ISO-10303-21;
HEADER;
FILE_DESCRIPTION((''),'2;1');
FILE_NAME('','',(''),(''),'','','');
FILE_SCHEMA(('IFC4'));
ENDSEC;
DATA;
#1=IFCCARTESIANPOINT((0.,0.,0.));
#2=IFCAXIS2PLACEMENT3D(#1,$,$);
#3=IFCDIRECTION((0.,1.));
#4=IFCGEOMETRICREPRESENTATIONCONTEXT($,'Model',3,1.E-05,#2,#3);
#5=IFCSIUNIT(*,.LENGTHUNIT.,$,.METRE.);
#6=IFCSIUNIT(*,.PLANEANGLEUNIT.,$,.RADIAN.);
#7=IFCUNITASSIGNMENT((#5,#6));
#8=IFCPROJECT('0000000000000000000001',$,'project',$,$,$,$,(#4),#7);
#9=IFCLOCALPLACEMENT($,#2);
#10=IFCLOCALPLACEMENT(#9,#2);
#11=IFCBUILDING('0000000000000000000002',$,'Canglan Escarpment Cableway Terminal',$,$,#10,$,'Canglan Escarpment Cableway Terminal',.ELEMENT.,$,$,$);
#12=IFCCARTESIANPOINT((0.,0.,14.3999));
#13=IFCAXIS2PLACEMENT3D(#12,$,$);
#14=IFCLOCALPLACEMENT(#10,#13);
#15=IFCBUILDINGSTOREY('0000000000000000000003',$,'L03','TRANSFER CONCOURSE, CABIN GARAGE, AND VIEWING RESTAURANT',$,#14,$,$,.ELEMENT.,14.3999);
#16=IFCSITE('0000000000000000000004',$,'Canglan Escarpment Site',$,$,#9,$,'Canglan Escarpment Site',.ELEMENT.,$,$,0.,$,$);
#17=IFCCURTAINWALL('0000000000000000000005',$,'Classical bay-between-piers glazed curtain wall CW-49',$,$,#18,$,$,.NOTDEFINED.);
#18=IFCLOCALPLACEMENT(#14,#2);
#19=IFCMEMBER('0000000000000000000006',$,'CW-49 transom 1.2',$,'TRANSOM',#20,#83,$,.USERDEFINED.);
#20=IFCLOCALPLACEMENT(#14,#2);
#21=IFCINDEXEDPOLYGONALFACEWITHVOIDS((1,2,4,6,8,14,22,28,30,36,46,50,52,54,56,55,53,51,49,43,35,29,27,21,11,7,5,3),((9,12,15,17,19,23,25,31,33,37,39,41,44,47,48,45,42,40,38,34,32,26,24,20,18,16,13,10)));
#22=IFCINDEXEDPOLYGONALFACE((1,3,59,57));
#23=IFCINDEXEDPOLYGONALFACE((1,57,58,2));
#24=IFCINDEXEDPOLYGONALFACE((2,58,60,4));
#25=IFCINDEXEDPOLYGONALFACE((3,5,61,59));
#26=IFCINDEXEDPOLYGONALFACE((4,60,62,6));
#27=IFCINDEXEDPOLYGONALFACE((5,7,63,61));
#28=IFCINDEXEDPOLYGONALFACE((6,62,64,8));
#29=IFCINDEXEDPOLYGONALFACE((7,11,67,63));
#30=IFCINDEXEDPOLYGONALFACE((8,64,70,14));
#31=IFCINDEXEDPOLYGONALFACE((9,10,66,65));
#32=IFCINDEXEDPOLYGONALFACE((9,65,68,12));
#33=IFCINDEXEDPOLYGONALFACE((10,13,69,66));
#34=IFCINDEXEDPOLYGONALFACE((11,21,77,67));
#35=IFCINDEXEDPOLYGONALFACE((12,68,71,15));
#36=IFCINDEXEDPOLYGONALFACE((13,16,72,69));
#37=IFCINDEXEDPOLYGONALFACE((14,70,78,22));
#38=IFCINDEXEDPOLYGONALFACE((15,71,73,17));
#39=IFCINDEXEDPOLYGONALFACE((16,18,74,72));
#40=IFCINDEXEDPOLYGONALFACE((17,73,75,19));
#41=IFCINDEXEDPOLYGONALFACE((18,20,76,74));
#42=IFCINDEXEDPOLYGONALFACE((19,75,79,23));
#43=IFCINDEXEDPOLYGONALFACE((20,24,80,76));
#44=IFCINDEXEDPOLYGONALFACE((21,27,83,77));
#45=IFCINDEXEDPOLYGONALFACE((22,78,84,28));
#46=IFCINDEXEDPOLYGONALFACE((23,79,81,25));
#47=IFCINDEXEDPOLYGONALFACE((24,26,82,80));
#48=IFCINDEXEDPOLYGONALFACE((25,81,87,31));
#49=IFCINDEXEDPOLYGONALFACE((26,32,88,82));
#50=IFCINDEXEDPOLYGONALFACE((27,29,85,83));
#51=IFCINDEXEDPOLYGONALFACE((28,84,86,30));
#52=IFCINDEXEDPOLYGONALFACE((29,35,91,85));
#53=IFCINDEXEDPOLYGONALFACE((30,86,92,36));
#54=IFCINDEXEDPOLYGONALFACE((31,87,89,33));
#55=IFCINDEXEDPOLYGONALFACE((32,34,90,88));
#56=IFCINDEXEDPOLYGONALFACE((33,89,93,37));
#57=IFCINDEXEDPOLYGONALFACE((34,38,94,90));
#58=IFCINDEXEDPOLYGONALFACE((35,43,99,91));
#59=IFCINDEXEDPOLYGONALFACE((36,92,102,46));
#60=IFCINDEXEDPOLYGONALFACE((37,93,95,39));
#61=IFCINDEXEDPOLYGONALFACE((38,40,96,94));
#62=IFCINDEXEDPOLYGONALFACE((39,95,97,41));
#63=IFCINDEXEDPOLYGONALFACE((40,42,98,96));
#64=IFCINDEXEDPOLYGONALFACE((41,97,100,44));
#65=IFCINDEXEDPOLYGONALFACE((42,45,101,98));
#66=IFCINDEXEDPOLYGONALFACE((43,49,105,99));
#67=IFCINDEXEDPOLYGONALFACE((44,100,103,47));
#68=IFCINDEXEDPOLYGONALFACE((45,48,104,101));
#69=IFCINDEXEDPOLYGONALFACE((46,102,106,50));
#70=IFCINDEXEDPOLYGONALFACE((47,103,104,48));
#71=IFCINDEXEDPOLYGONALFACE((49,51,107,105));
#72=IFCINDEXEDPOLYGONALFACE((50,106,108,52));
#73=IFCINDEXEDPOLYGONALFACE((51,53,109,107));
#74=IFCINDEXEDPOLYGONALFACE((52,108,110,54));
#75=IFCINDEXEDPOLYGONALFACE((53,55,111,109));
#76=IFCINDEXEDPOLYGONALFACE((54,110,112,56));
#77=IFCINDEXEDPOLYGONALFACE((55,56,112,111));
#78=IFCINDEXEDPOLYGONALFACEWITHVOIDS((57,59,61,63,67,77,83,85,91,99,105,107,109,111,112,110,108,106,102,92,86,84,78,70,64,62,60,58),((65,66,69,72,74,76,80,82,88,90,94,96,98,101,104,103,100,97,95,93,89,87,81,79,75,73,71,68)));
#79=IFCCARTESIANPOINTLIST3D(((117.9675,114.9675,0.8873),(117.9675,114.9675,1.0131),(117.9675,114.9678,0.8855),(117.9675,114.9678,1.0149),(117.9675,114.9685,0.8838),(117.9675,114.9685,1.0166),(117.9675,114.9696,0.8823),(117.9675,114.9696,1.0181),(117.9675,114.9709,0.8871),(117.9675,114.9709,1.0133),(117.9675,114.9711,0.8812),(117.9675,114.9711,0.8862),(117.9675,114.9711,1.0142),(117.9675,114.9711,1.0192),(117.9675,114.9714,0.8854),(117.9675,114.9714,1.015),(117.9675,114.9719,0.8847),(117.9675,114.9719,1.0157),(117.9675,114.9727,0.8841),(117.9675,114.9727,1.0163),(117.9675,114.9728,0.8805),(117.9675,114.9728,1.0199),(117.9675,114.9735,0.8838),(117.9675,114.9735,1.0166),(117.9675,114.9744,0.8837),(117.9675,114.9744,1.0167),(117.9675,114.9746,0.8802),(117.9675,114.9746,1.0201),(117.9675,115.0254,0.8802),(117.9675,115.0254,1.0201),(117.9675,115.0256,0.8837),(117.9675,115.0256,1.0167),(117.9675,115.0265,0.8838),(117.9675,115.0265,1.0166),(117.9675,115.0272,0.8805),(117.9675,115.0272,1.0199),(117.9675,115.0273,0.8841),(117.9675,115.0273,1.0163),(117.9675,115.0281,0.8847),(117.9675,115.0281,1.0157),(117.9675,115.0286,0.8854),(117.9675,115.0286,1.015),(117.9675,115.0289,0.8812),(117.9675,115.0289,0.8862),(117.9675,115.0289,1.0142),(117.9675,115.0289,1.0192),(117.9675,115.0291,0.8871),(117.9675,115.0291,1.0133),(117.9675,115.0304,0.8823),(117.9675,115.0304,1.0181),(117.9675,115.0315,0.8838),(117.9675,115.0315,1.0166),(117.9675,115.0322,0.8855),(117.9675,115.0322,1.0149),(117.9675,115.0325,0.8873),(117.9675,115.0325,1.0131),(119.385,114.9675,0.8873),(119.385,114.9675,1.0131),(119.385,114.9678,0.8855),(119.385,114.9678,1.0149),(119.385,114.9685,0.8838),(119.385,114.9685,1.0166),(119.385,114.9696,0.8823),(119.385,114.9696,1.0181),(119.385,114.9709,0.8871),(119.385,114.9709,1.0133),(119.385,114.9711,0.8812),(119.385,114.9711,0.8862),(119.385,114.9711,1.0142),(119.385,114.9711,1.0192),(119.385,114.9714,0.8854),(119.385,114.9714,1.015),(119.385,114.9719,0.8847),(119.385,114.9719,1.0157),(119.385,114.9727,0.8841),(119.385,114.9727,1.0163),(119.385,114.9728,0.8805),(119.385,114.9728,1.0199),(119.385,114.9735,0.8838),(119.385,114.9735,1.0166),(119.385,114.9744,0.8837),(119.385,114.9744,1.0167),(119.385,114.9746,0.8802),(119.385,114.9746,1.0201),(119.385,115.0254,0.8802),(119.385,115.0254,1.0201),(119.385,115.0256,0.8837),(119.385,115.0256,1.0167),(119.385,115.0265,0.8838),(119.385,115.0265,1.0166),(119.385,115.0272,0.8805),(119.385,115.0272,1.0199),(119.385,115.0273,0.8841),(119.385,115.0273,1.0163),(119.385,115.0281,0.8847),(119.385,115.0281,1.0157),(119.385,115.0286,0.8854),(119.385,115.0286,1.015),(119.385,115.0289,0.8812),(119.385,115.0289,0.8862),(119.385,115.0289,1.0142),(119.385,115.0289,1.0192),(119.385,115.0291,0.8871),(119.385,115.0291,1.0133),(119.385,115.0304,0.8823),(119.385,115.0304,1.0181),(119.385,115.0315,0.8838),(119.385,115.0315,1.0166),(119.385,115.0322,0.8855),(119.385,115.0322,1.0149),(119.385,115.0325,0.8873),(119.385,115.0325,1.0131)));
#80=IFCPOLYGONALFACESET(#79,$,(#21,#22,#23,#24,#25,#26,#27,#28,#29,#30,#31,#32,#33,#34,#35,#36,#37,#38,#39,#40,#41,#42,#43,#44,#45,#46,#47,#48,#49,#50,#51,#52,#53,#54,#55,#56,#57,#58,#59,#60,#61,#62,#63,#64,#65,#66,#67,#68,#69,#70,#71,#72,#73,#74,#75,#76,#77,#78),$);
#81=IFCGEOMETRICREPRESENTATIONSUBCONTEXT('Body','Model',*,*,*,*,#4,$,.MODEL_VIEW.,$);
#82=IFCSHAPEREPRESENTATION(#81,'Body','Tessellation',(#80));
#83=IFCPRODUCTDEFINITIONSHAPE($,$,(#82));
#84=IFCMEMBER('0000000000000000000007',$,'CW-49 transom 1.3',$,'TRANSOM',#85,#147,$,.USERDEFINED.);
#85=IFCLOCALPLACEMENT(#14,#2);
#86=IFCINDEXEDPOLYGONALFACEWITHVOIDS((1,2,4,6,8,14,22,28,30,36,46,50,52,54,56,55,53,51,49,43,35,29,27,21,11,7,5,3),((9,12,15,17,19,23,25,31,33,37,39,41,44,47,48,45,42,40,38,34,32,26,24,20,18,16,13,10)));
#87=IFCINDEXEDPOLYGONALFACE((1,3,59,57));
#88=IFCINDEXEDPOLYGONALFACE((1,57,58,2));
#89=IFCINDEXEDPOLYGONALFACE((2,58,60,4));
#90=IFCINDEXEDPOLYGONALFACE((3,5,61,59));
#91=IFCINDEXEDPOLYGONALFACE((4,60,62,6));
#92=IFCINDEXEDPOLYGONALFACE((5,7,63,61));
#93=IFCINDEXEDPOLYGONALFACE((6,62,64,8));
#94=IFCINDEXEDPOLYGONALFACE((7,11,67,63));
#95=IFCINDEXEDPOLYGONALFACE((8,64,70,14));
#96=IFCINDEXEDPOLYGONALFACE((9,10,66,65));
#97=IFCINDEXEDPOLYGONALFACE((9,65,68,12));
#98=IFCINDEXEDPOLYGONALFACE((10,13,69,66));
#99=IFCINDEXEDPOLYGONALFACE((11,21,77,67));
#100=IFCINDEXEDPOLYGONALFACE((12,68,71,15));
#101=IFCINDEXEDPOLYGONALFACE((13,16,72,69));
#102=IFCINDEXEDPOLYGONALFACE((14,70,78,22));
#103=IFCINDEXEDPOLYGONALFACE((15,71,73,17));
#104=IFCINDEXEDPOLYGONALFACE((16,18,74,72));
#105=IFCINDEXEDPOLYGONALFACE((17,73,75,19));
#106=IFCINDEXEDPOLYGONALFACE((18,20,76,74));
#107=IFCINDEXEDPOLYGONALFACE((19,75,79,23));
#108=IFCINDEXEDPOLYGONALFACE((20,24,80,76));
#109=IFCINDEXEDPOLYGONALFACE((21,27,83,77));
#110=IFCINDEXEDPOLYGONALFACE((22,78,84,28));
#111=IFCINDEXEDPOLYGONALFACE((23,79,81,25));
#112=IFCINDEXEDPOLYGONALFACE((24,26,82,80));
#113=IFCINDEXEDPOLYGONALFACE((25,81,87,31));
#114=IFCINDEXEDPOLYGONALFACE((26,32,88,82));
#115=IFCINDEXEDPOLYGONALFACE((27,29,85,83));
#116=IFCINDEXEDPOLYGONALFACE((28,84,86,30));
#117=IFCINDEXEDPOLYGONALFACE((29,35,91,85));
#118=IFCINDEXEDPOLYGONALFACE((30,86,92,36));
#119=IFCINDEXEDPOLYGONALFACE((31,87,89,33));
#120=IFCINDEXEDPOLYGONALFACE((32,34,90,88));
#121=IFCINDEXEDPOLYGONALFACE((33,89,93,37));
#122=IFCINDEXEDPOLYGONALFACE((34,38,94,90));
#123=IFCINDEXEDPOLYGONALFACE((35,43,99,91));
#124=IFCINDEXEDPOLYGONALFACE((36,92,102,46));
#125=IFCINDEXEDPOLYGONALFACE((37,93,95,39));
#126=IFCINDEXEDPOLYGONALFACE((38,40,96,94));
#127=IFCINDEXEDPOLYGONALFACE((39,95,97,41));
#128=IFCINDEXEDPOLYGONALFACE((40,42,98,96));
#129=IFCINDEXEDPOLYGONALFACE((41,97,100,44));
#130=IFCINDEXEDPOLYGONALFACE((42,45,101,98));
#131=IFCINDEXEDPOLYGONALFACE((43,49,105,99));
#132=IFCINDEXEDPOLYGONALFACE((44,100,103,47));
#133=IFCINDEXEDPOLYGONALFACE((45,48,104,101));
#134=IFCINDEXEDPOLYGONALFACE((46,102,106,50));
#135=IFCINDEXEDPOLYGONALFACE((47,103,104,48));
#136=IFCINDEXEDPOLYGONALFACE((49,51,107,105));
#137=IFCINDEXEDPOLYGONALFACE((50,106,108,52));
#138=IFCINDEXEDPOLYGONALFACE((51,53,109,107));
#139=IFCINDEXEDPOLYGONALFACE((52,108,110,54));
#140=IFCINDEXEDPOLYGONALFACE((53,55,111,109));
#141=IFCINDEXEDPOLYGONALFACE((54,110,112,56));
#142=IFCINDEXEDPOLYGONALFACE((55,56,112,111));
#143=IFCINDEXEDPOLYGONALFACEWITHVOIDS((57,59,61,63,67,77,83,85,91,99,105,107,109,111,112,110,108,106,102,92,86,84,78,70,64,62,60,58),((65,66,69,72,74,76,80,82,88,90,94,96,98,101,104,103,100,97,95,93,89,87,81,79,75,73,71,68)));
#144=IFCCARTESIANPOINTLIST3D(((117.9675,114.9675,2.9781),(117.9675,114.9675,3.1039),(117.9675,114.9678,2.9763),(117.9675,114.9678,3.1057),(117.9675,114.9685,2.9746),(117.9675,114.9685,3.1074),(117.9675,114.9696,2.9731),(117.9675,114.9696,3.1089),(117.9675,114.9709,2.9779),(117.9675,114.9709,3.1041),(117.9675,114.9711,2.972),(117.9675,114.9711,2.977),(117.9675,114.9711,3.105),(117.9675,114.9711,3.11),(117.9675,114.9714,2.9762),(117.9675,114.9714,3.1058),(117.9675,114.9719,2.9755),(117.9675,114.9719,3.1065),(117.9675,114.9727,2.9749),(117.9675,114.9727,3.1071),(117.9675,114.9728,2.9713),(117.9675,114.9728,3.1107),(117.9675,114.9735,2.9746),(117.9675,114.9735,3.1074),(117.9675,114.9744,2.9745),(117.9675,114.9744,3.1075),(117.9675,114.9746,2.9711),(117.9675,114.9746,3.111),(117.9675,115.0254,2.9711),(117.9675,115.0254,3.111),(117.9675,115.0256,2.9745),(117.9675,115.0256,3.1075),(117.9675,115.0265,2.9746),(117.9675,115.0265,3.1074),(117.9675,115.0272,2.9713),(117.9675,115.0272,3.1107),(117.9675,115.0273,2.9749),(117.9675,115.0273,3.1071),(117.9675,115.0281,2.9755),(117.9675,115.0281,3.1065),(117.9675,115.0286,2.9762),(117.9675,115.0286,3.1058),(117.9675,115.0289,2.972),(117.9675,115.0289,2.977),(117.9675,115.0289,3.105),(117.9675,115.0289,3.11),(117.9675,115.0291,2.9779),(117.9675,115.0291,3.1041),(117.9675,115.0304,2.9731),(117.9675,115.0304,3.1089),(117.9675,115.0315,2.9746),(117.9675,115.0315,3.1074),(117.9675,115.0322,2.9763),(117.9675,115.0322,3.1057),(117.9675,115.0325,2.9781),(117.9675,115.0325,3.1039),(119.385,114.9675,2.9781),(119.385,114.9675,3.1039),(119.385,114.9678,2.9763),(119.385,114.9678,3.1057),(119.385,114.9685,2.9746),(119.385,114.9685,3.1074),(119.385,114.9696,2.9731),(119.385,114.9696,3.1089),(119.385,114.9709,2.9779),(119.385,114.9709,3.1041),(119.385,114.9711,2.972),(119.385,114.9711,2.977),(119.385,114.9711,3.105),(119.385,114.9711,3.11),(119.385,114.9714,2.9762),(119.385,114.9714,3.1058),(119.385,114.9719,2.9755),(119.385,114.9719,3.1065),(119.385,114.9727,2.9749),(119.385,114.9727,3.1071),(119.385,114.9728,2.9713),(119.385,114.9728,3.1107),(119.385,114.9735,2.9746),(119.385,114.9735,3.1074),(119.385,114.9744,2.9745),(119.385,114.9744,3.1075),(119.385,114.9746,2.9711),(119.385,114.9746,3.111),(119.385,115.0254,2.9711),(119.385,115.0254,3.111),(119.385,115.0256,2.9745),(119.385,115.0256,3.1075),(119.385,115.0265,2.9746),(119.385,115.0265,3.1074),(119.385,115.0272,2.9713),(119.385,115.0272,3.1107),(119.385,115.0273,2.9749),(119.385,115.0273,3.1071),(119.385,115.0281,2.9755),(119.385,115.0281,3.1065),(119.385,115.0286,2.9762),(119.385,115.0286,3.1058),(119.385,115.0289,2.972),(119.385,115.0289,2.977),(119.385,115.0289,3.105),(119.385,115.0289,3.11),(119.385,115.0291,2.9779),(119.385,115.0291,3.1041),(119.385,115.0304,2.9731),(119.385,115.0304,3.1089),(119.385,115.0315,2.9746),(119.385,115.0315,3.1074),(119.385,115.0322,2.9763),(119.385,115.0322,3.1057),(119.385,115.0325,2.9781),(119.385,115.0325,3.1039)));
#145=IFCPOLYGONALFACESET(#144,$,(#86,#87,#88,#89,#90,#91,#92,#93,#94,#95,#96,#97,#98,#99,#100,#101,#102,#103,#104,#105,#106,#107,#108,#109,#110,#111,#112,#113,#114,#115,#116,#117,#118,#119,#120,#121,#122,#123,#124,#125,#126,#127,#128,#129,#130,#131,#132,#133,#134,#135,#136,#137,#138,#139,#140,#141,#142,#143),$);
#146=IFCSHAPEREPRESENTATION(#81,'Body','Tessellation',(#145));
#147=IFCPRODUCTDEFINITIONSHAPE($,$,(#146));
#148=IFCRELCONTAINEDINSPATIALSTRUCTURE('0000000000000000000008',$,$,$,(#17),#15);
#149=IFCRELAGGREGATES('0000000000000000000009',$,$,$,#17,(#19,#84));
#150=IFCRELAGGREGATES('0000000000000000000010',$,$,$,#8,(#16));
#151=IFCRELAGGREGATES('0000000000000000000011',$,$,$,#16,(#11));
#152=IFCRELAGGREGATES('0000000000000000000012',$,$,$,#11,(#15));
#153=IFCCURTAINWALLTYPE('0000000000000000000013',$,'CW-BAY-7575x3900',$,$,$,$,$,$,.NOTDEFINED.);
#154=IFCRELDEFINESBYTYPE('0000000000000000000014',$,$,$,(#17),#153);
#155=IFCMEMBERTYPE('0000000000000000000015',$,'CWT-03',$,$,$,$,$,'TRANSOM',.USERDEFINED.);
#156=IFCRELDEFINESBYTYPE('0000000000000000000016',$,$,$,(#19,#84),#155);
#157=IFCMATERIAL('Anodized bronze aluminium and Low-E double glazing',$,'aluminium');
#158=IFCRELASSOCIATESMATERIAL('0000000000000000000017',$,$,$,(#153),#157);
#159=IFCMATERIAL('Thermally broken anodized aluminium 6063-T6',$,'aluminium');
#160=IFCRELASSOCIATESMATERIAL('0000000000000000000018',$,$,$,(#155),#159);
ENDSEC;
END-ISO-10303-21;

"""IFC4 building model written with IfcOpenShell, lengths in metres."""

from ifc_helpers import new_model, si_unit, direction, frame, origin, origin_2d, place, context, subcontext, project, spatial, hollow_rectangle, extrude, material, material_profile, profile_set, type_object, element, aggregate, save


model = new_model("IFC4")

# Units and contexts
model_context = context("Model", 3, precision=1e-05, world=origin(), true_north=direction((0.0, 1.0)))
body_context = subcontext(model_context, "Body", "Model", "MODEL_VIEW")
ifc_project = project(units=[si_unit("LENGTHUNIT", "METRE"), si_unit("PLANEANGLEUNIT", "RADIAN")], contexts=[model_context])

# Site, building, storey
site_placement = place(None, origin())
site = spatial("IfcSite", under=ifc_project, at=site_placement, Name="Canglan Escarpment Site", LongName="Canglan Escarpment Site", CompositionType="ELEMENT", RefElevation=0.0)
building_placement = place(site_placement, origin())
building = spatial("IfcBuilding", under=site, at=building_placement, Name="Canglan Escarpment Cableway Terminal", LongName="Canglan Escarpment Cableway Terminal", CompositionType="ELEMENT")
storey_placement = place(building_placement, frame((0.0, 0.0, 14.3999)))
storey = spatial("IfcBuildingStorey", under=building, at=storey_placement, Name="L03", Description="TRANSFER CONCOURSE, CABIN GARAGE, AND VIEWING RESTAURANT", CompositionType="ELEMENT", Elevation=14.3999)

# Curtain wall
ifc_material_1 = material(Name="Anodized bronze aluminium and Low-E double glazing", Category="aluminium")
ifc_material_2 = material(Name="Thermally broken anodized aluminium 6063-T6", Category="aluminium")
curtain_wall_type_1 = type_object("IfcCurtainWallType", Name="CW-BAY-7575x3900", PredefinedType="NOTDEFINED", material=ifc_material_1)
curtain_wall_1_placement = place(storey_placement, origin())
curtain_wall_1 = element("IfcCurtainWall", 1, at=curtain_wall_1_placement, inside=storey, type_object=curtain_wall_type_1, Name="Classical bay-between-piers glazed curtain wall CW-49", PredefinedType="NOTDEFINED")

# Members
ifc_material_profile_1 = material_profile(ifc_material_2, hollow_rectangle(XDim=0.0649, YDim=0.1399, WallThickness=0.0034, InnerFilletRadius=0.0034, OuterFilletRadius=0.0071, at=origin_2d()), Name="ALU-TRAN 65x140x3.5")
ifc_profile_set_1 = profile_set([ifc_material_profile_1], Name="Thermally broken anodized aluminium 6063-T6")
member_type_1 = type_object("IfcMemberType", Name="CWT-03", ElementType="TRANSOM", PredefinedType="USERDEFINED", material=ifc_profile_set_1)
member_1_placement = place(storey_placement, frame((119.385, 115.0, 0.9502), z_axis=(-1.0, 0.0, 0.0), x_axis=(0.0, -1.0, 0.0)))
member_1 = element("IfcMember", 2, at=member_1_placement, type_object=member_type_1, Name="CW-49 transom 1.2", ObjectType="TRANSOM", PredefinedType="USERDEFINED", context=body_context, shape_type="SweptSolid", body=[
    extrude(hollow_rectangle(XDim=0.0649, YDim=0.1399, WallThickness=0.0034, InnerFilletRadius=0.0034, OuterFilletRadius=0.0071, at=origin_2d()), origin(), (0.0, 0.0, 1.0), 1.4175),
])
member_2_placement = place(storey_placement, frame((119.385, 115.0, 3.041), z_axis=(-1.0, 0.0, 0.0), x_axis=(0.0, -1.0, 0.0)))
member_2 = element("IfcMember", 3, at=member_2_placement, type_object=member_type_1, Name="CW-49 transom 1.3", ObjectType="TRANSOM", PredefinedType="USERDEFINED", context=body_context, shape_type="SweptSolid", body=[
    extrude(hollow_rectangle(XDim=0.0649, YDim=0.1399, WallThickness=0.0034, InnerFilletRadius=0.0034, OuterFilletRadius=0.0071, at=origin_2d()), origin(), (0.0, 0.0, 1.0), 1.4175),
])
aggregate(curtain_wall_1, [member_1, member_2])

save(model, "model.ifc")
